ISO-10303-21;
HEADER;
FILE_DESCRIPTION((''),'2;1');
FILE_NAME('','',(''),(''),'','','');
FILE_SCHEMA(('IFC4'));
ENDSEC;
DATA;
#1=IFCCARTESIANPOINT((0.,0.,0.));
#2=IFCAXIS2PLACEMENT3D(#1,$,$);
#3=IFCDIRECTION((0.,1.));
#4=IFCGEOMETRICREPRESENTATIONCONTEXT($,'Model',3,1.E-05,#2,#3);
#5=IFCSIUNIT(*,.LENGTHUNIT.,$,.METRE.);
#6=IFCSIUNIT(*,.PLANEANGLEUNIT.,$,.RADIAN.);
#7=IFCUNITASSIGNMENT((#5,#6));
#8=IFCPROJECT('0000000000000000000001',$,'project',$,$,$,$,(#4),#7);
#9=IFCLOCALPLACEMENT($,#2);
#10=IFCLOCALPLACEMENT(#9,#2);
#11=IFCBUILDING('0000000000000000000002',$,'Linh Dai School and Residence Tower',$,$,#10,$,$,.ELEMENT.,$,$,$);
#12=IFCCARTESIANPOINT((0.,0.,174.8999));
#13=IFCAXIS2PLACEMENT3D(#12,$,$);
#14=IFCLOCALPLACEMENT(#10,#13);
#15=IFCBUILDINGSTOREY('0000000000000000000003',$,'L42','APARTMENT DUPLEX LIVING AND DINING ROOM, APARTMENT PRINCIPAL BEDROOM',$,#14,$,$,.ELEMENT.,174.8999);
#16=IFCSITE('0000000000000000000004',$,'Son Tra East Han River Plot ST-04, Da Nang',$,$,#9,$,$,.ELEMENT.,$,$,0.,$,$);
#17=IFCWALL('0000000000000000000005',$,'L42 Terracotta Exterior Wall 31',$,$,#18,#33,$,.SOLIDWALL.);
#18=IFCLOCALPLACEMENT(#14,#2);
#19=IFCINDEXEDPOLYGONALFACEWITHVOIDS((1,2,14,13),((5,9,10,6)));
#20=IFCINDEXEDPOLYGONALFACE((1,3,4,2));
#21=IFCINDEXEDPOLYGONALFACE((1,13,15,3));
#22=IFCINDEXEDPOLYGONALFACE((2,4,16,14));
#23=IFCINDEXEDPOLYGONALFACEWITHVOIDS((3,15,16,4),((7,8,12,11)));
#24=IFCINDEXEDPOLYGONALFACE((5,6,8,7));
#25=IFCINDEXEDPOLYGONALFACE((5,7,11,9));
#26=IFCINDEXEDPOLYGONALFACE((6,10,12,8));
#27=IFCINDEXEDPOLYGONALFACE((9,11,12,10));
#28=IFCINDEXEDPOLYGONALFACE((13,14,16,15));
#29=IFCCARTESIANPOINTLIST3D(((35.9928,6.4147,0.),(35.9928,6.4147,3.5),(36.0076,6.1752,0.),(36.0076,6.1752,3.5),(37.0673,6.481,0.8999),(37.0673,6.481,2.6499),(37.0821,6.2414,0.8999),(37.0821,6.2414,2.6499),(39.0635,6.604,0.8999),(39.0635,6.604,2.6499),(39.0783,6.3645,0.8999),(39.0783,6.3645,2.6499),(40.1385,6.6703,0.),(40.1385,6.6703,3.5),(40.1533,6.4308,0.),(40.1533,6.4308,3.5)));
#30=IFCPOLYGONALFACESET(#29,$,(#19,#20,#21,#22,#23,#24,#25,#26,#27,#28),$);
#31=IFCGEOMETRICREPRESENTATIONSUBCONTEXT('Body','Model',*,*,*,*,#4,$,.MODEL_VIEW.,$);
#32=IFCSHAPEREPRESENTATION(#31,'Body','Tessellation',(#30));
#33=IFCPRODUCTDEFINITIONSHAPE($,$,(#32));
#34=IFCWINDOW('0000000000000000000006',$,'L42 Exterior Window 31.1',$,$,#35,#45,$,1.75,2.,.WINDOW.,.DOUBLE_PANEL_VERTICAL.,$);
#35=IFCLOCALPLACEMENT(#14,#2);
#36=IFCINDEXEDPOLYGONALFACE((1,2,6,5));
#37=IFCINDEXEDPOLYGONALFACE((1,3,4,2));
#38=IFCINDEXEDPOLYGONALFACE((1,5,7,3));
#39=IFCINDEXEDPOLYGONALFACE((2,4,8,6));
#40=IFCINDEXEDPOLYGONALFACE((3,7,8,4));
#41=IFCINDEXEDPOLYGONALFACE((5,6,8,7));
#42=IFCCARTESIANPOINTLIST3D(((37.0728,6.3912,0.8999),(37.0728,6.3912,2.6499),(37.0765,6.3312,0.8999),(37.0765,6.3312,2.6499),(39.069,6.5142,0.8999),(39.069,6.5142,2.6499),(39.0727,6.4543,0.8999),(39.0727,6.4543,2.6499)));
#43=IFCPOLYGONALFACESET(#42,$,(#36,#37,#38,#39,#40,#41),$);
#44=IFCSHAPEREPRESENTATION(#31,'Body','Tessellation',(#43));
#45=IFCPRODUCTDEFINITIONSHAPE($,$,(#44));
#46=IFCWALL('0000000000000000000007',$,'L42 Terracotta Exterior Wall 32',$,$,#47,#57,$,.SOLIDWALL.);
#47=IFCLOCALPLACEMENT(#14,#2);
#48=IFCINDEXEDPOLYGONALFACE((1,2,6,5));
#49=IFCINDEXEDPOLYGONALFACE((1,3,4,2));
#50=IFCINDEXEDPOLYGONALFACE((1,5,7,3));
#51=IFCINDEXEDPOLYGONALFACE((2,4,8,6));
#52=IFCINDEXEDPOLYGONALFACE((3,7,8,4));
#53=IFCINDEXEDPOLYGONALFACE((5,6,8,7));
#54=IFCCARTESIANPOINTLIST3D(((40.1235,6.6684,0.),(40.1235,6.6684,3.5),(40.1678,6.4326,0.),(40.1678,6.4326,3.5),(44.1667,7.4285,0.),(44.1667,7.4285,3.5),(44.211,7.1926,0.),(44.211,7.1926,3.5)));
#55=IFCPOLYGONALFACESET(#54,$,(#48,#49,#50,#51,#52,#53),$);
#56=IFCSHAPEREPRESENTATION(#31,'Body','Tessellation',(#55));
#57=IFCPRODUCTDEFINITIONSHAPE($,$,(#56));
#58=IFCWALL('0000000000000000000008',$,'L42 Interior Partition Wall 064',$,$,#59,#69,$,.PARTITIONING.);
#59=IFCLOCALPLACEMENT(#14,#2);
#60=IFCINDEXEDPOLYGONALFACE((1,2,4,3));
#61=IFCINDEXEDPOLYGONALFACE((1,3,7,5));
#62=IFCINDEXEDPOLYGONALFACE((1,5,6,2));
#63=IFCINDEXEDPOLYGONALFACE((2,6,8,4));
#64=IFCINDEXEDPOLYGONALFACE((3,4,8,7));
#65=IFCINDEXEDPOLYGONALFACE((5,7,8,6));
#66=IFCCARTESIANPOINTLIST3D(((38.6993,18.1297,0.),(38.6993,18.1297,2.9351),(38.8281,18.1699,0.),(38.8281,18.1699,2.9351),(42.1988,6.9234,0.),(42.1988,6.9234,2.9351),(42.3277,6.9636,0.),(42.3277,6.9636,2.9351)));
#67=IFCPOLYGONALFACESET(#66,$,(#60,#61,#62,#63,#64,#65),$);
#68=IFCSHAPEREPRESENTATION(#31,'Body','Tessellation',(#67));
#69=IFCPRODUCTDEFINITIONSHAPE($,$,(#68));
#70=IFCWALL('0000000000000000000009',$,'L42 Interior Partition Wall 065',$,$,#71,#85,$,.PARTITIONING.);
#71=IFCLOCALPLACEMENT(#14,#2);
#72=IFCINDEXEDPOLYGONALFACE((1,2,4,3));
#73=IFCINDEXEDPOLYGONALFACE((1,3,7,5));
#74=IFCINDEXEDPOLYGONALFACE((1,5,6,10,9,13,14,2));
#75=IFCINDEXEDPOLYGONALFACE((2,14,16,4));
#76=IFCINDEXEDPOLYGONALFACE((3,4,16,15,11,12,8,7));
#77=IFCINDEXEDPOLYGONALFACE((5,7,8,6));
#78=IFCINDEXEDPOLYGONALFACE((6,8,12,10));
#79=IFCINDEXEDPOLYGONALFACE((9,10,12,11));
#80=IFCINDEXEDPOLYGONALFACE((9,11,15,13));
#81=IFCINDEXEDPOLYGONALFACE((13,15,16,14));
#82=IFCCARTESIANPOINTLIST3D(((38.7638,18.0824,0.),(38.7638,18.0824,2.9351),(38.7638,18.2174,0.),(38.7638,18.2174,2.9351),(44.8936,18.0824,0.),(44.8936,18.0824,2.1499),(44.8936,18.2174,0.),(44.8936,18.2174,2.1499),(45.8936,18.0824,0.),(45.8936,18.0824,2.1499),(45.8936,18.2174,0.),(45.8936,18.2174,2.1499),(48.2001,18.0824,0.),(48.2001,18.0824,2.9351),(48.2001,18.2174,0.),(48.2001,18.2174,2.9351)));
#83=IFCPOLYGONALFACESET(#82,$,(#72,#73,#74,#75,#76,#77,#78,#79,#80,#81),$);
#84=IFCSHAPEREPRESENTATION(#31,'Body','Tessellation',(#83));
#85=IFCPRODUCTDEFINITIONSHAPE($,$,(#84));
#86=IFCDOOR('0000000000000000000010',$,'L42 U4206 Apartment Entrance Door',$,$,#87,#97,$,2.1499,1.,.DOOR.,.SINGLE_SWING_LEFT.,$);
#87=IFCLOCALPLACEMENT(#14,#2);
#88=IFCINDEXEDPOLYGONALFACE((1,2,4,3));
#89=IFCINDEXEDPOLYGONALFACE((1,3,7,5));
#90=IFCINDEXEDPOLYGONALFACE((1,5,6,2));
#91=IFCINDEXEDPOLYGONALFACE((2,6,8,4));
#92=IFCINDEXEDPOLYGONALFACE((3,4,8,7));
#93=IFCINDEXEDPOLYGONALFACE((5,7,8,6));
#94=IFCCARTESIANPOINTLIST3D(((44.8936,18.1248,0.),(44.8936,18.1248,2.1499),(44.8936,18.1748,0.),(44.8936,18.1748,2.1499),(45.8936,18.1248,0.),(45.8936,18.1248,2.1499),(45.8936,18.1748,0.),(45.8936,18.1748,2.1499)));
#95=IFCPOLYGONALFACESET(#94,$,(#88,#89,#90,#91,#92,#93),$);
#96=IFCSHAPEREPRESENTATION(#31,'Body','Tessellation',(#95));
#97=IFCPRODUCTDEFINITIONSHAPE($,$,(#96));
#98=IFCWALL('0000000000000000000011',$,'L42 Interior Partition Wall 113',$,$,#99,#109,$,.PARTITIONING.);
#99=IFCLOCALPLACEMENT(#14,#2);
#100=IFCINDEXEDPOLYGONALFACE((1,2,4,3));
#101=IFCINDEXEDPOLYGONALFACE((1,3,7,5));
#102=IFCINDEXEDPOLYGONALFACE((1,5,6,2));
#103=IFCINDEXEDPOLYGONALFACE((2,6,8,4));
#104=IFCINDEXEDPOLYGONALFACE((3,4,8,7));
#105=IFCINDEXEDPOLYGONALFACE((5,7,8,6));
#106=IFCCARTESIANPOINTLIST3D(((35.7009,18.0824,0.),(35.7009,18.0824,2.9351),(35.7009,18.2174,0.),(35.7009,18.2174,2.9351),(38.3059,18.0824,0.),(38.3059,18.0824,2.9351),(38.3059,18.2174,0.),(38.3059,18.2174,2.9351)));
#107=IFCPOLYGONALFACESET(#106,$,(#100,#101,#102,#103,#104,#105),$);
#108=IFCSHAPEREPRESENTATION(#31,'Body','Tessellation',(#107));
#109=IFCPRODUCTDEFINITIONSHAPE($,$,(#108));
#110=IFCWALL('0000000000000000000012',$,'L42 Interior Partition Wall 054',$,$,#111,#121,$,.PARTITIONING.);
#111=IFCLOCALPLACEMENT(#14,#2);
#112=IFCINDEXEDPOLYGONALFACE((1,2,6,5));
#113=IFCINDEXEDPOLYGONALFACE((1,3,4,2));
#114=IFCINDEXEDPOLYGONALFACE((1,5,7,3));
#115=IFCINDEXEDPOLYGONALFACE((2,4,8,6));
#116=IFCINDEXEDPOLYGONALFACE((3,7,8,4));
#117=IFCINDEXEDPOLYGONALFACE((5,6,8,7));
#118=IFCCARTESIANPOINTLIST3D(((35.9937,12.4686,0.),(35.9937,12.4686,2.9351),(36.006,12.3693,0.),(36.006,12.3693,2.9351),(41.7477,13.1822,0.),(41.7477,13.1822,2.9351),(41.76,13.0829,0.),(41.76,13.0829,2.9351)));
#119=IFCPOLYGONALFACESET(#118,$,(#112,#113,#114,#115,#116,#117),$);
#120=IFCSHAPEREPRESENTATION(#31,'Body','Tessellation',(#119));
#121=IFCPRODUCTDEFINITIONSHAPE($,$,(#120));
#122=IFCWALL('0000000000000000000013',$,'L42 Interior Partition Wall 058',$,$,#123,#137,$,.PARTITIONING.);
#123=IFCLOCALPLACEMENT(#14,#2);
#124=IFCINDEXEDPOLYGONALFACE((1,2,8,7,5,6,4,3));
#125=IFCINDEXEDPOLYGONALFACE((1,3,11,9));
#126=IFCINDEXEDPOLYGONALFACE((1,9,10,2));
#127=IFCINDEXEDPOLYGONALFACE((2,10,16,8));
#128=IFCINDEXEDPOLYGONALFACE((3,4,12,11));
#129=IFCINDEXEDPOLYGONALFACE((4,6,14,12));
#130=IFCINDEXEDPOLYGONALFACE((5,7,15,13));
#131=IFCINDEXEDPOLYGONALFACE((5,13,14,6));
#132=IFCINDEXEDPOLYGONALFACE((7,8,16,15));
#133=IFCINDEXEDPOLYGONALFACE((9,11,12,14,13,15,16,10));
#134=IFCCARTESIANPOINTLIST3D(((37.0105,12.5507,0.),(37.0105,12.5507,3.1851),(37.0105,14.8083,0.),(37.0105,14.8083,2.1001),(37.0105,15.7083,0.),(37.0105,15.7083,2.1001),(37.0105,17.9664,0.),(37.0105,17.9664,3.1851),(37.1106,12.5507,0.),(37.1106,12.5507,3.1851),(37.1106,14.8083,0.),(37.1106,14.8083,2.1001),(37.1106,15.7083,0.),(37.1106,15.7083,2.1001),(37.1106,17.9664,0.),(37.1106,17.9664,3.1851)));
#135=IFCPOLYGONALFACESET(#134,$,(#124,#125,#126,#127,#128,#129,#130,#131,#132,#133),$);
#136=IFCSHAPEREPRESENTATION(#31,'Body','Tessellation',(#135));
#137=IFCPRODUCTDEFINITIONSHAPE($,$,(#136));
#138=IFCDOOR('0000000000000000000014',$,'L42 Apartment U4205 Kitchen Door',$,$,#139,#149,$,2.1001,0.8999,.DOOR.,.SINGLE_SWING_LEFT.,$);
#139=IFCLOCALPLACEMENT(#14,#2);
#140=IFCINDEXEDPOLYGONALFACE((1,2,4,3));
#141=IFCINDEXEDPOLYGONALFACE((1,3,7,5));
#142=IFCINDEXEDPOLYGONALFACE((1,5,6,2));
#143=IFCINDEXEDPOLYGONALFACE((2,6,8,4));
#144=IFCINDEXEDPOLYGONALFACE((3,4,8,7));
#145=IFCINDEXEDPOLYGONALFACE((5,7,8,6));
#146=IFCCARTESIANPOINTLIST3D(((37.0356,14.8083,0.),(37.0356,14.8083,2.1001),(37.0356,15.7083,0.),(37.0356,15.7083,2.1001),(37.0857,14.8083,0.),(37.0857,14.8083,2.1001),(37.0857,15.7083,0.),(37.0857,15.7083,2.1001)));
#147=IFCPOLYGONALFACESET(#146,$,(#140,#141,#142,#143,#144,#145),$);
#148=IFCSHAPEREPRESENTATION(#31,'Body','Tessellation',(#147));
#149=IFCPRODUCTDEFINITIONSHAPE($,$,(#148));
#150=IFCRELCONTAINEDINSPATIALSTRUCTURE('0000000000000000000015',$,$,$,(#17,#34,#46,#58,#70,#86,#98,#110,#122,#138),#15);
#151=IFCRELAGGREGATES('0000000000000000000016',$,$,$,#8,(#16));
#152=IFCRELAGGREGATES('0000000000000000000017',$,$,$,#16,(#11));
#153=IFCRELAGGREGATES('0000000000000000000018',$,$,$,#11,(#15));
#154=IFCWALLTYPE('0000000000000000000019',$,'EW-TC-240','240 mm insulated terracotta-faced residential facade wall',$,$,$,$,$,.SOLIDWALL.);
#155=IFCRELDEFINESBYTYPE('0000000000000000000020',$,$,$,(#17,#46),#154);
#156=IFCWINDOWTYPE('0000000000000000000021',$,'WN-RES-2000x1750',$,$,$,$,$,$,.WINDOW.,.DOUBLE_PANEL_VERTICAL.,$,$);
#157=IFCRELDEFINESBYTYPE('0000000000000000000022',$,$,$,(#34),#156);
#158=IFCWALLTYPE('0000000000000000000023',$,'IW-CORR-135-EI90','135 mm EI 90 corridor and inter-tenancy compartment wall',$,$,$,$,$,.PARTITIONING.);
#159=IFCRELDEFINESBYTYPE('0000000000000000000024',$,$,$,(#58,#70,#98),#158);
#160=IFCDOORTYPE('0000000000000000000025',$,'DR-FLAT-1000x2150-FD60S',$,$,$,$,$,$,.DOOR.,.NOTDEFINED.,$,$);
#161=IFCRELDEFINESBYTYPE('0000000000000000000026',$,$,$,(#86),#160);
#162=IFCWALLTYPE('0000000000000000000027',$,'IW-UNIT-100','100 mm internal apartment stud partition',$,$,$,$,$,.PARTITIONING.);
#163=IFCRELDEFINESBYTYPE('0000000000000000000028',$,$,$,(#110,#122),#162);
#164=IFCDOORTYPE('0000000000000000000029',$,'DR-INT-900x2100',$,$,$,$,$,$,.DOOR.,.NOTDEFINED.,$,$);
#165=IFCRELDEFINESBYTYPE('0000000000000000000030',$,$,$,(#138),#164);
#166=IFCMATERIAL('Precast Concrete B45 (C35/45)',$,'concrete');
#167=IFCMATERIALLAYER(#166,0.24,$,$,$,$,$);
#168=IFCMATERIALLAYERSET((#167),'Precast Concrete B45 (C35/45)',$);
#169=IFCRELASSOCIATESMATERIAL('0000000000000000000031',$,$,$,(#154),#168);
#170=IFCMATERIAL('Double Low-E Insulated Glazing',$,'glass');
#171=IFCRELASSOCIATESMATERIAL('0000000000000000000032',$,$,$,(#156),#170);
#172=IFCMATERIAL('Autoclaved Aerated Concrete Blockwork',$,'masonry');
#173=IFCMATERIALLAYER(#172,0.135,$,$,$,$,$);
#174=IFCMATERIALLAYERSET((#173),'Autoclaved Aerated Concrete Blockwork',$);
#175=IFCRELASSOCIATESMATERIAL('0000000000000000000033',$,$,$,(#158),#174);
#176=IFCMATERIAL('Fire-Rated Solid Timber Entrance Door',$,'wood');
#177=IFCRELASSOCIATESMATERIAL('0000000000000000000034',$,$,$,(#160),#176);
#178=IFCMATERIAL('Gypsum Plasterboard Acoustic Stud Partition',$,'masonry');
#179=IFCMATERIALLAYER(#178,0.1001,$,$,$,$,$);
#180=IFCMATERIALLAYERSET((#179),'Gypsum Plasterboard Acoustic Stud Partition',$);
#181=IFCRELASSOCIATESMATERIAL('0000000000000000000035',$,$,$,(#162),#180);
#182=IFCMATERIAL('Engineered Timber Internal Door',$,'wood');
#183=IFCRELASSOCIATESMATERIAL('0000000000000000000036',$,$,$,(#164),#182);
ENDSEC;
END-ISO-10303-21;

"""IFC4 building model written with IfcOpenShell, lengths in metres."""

from ifc_helpers import new_model, si_unit, direction, frame, frame_2d, origin, origin_2d, place, context, subcontext, project, spatial, rectangle, extrude, source, transform, mapped, material, layer, layer_set, type_object, element, fill, save


model = new_model("IFC4")

# Units and contexts
model_context = context("Model", 3, precision=1e-05, world=origin(), true_north=direction((0.0, 1.0)))
body_context = subcontext(model_context, "Body", "Model", "MODEL_VIEW")
ifc_project = project(units=[si_unit("LENGTHUNIT", "METRE"), si_unit("PLANEANGLEUNIT", "RADIAN")], contexts=[model_context])

# Site, building, storey
site_placement = place(None, origin())
site = spatial("IfcSite", under=ifc_project, at=site_placement, Name="Son Tra East Han River Plot ST-04, Da Nang", CompositionType="ELEMENT", RefElevation=0.0)
building_placement = place(site_placement, origin())
building = spatial("IfcBuilding", under=site, at=building_placement, Name="Linh Dai School and Residence Tower", CompositionType="ELEMENT")
storey_placement = place(building_placement, frame((0.0, 0.0, 174.8999)))
storey = spatial("IfcBuildingStorey", under=building, at=storey_placement, Name="L42", Description="APARTMENT DUPLEX LIVING AND DINING ROOM, APARTMENT PRINCIPAL BEDROOM", CompositionType="ELEMENT", Elevation=174.8999)

# Wall, opening, window
ifc_material_1 = material(Name="Precast Concrete B45 (C35/45)", Category="concrete")
ifc_layer_1 = layer(ifc_material_1, 0.24)
ifc_layer_set_1 = layer_set([ifc_layer_1], Name="Precast Concrete B45 (C35/45)")
wall_type_1 = type_object("IfcWallType", Name="EW-TC-240", Description="240 mm insulated terracotta-faced residential facade wall", PredefinedType="SOLIDWALL", material=ifc_layer_set_1)
ifc_material_2 = material(Name="Double Low-E Insulated Glazing", Category="glass")
window_type = type_object("IfcWindowType", Name="WN-RES-2000x1750", PartitioningType="DOUBLE_PANEL_VERTICAL", PredefinedType="WINDOW", material=ifc_material_2)
shared_shape_1 = source(origin(), body_context, "Body", "SweptSolid", [
    extrude(rectangle(XDim=2.0, YDim=1.75, at=origin_2d()), frame((1.0, 0.03, 0.875), z_axis=(0.0, -1.0, 0.0), x_axis=(1.0, 0.0, 0.0)), (0.0, 0.0, 1.0), 0.0601),
])
wall_1_placement = place(storey_placement, frame((40.1458, 6.5505, 0.0), z_axis=(0.0, 0.0, 1.0), x_axis=(-0.998105, -0.06154, 0.0)))
wall_1 = element("IfcWall", 1, at=wall_1_placement, inside=storey, type_object=wall_type_1, Name="L42 Terracotta Exterior Wall 31", PredefinedType="SOLIDWALL", context=body_context, shape_type="SweptSolid", body=[
    extrude(rectangle(XDim=4.1536, YDim=0.24, at=frame_2d((2.0767, 0.0))), origin(), (0.0, 0.0, 1.0), 3.5),
])
opening_1_placement = place(wall_1_placement, frame((1.0769, 0.0, 0.8999)))
opening_1 = element("IfcOpeningElement", 2, at=opening_1_placement, cuts=wall_1, PredefinedType="OPENING", context=body_context, shape_type="SweptSolid", body=[
    extrude(rectangle(XDim=2.0, YDim=1.75, at=origin_2d()), frame((1.0, 0.1299, 0.875), z_axis=(0.0, -1.0, 0.0), x_axis=(1.0, 0.0, 0.0)), (0.0, 0.0, 1.0), 0.26),
])
window_1_placement = place(opening_1_placement, origin())
window_1 = element("IfcWindow", 3, at=window_1_placement, inside=storey, type_object=window_type, Name="L42 Exterior Window 31.1", OverallHeight=1.75, OverallWidth=2.0, PartitioningType="DOUBLE_PANEL_VERTICAL", PredefinedType="WINDOW", context=body_context, shape_type="MappedRepresentation", body=[
    mapped(shared_shape_1, transform((0.0, 0.0, 0.0), x_axis=(1.0, 0.0, 0.0), y_axis=(0.0, 1.0, 0.0), z_axis=(0.0, 0.0, 1.0), scale=1.0)),
])
fill(opening_1, window_1)

# Walls
wall_2_placement = place(storey_placement, frame((44.189, 7.3105, 0.0), z_axis=(0.0, 0.0, 1.0), x_axis=(-0.982788, -0.184736, 0.0)))
element("IfcWall", 4, at=wall_2_placement, inside=storey, type_object=wall_type_1, Name="L42 Terracotta Exterior Wall 32", PredefinedType="SOLIDWALL", context=body_context, shape_type="SweptSolid", body=[
    extrude(rectangle(XDim=4.114, YDim=0.24, at=frame_2d((2.0571, 0.0))), origin(), (0.0, 0.0, 1.0), 3.5),
])
ifc_material_3 = material(Name="Autoclaved Aerated Concrete Blockwork", Category="masonry")
ifc_layer_2 = layer(ifc_material_3, 0.135)
ifc_layer_set_2 = layer_set([ifc_layer_2], Name="Autoclaved Aerated Concrete Blockwork")
wall_type_2 = type_object("IfcWallType", Name="IW-CORR-135-EI90", Description="135 mm EI 90 corridor and inter-tenancy compartment wall", PredefinedType="PARTITIONING", material=ifc_layer_set_2)
wall_3_placement = place(storey_placement, frame((38.7637, 18.1499, 0.0), z_axis=(0.0, 0.0, 1.0), x_axis=(0.298084, -0.95454, 0.0)))
element("IfcWall", 5, at=wall_3_placement, inside=storey, type_object=wall_type_2, Name="L42 Interior Partition Wall 064", PredefinedType="PARTITIONING", context=body_context, shape_type="SweptSolid", body=[
    extrude(rectangle(XDim=11.74, YDim=0.135, at=frame_2d((5.8701, 0.0))), origin(), (0.0, 0.0, 1.0), 2.9351),
])

# Wall, opening, door
wall_4_placement = place(storey_placement, frame((38.7637, 18.1499, 0.0), z_axis=(0.0, 0.0, 1.0), x_axis=(1.0, 0.0, 0.0)))
wall_4 = element("IfcWall", 6, at=wall_4_placement, inside=storey, type_object=wall_type_2, Name="L42 Interior Partition Wall 065", PredefinedType="PARTITIONING", context=body_context, shape_type="SweptSolid", body=[
    extrude(rectangle(XDim=9.4363, YDim=0.135, at=frame_2d((4.7183, 0.0))), origin(), (0.0, 0.0, 1.0), 2.9351),
])
opening_2_placement = place(wall_4_placement, frame((6.1299, 0.0, 0.0)))
opening_2 = element("IfcOpeningElement", 7, at=opening_2_placement, cuts=wall_4, PredefinedType="OPENING", context=body_context, shape_type="SweptSolid", body=[
    extrude(rectangle(XDim=1.0, YDim=2.1499, at=origin_2d()), frame((0.5, 0.0776, 1.075), z_axis=(0.0, -1.0, 0.0), x_axis=(1.0, 0.0, 0.0)), (0.0, 0.0, 1.0), 0.155),
])
ifc_material_4 = material(Name="Fire-Rated Solid Timber Entrance Door", Category="wood")
door_type_1 = type_object("IfcDoorType", Name="DR-FLAT-1000x2150-FD60S", OperationType="NOTDEFINED", PredefinedType="DOOR", material=ifc_material_4)
shared_shape_2 = source(origin(), body_context, "Body", "SweptSolid", [
    extrude(rectangle(XDim=1.0, YDim=2.1499, at=origin_2d()), frame((0.5, 0.0249, 1.075), z_axis=(0.0, -1.0, 0.0), x_axis=(1.0, 0.0, 0.0)), (0.0, 0.0, 1.0), 0.05),
])
door_1_placement = place(opening_2_placement, origin())
door_1 = element("IfcDoor", 8, at=door_1_placement, inside=storey, type_object=door_type_1, Name="L42 U4206 Apartment Entrance Door", OperationType="SINGLE_SWING_LEFT", OverallHeight=2.1499, OverallWidth=1.0, PredefinedType="DOOR", context=body_context, shape_type="MappedRepresentation", body=[
    mapped(shared_shape_2, transform((0.0, 0.0, 0.0), x_axis=(1.0, 0.0, 0.0), y_axis=(0.0, 1.0, 0.0), z_axis=(0.0, 0.0, 1.0), scale=1.0)),
])
fill(opening_2, door_1)

# Walls
wall_5_placement = place(storey_placement, frame((38.3059, 18.1499, 0.0), z_axis=(0.0, 0.0, 1.0), x_axis=(-1.0, 0.0, 0.0)))
element("IfcWall", 9, at=wall_5_placement, inside=storey, type_object=wall_type_2, Name="L42 Interior Partition Wall 113", PredefinedType="PARTITIONING", context=body_context, shape_type="SweptSolid", body=[
    extrude(rectangle(XDim=2.605, YDim=0.135, at=frame_2d((1.3025, 0.0))), origin(), (0.0, 0.0, 1.0), 2.9351),
])
ifc_material_5 = material(Name="Gypsum Plasterboard Acoustic Stud Partition", Category="masonry")
ifc_layer_3 = layer(ifc_material_5, 0.1001)
ifc_layer_set_3 = layer_set([ifc_layer_3], Name="Gypsum Plasterboard Acoustic Stud Partition")
wall_type_3 = type_object("IfcWallType", Name="IW-UNIT-100", Description="100 mm internal apartment stud partition", PredefinedType="PARTITIONING", material=ifc_layer_set_3)
wall_6_placement = place(storey_placement, frame((36.0, 12.4189, 0.0), z_axis=(0.0, 0.0, 1.0), x_axis=(0.992397, 0.123081, 0.0)))
element("IfcWall", 10, at=wall_6_placement, inside=storey, type_object=wall_type_3, Name="L42 Interior Partition Wall 054", PredefinedType="PARTITIONING", context=body_context, shape_type="SweptSolid", body=[
    extrude(rectangle(XDim=5.7981, YDim=0.1001, at=frame_2d((2.8989, 0.0))), origin(), (0.0, 0.0, 1.0), 2.9351),
])

# Wall, opening, door
wall_7_placement = place(storey_placement, frame((37.0605, 12.5505, 0.0), z_axis=(0.0, 0.0, 1.0), x_axis=(0.0, 1.0, 0.0)))
wall_7 = element("IfcWall", 11, at=wall_7_placement, inside=storey, type_object=wall_type_3, Name="L42 Interior Partition Wall 058", PredefinedType="PARTITIONING", context=body_context, shape_type="SweptSolid", body=[
    extrude(rectangle(XDim=5.4158, YDim=0.1001, at=frame_2d((2.708, 0.0))), origin(), (0.0, 0.0, 1.0), 3.1851),
])
opening_3_placement = place(wall_7_placement, frame((2.2578, 0.0, 0.0)))
opening_3 = element("IfcOpeningElement", 12, at=opening_3_placement, cuts=wall_7, PredefinedType="OPENING", context=body_context, shape_type="SweptSolid", body=[
    extrude(rectangle(XDim=0.8999, YDim=2.1001, at=origin_2d()), frame((0.45, 0.0601, 1.05), z_axis=(0.0, -1.0, 0.0), x_axis=(1.0, 0.0, 0.0)), (0.0, 0.0, 1.0), 0.1201),
])
ifc_material_6 = material(Name="Engineered Timber Internal Door", Category="wood")
door_type_2 = type_object("IfcDoorType", Name="DR-INT-900x2100", OperationType="NOTDEFINED", PredefinedType="DOOR", material=ifc_material_6)
shared_shape_3 = source(origin(), body_context, "Body", "SweptSolid", [
    extrude(rectangle(XDim=0.8999, YDim=2.1001, at=origin_2d()), frame((0.45, 0.0249, 1.05), z_axis=(0.0, -1.0, 0.0), x_axis=(1.0, 0.0, 0.0)), (0.0, 0.0, 1.0), 0.05),
])
door_2_placement = place(opening_3_placement, origin())
door_2 = element("IfcDoor", 13, at=door_2_placement, inside=storey, type_object=door_type_2, Name="L42 Apartment U4205 Kitchen Door", OperationType="SINGLE_SWING_LEFT", OverallHeight=2.1001, OverallWidth=0.8999, PredefinedType="DOOR", context=body_context, shape_type="MappedRepresentation", body=[
    mapped(shared_shape_3, transform((0.0, 0.0, 0.0), x_axis=(1.0, 0.0, 0.0), y_axis=(0.0, 1.0, 0.0), z_axis=(0.0, 0.0, 1.0), scale=1.0)),
])
fill(opening_3, door_2)

save(model, "model.ifc")
